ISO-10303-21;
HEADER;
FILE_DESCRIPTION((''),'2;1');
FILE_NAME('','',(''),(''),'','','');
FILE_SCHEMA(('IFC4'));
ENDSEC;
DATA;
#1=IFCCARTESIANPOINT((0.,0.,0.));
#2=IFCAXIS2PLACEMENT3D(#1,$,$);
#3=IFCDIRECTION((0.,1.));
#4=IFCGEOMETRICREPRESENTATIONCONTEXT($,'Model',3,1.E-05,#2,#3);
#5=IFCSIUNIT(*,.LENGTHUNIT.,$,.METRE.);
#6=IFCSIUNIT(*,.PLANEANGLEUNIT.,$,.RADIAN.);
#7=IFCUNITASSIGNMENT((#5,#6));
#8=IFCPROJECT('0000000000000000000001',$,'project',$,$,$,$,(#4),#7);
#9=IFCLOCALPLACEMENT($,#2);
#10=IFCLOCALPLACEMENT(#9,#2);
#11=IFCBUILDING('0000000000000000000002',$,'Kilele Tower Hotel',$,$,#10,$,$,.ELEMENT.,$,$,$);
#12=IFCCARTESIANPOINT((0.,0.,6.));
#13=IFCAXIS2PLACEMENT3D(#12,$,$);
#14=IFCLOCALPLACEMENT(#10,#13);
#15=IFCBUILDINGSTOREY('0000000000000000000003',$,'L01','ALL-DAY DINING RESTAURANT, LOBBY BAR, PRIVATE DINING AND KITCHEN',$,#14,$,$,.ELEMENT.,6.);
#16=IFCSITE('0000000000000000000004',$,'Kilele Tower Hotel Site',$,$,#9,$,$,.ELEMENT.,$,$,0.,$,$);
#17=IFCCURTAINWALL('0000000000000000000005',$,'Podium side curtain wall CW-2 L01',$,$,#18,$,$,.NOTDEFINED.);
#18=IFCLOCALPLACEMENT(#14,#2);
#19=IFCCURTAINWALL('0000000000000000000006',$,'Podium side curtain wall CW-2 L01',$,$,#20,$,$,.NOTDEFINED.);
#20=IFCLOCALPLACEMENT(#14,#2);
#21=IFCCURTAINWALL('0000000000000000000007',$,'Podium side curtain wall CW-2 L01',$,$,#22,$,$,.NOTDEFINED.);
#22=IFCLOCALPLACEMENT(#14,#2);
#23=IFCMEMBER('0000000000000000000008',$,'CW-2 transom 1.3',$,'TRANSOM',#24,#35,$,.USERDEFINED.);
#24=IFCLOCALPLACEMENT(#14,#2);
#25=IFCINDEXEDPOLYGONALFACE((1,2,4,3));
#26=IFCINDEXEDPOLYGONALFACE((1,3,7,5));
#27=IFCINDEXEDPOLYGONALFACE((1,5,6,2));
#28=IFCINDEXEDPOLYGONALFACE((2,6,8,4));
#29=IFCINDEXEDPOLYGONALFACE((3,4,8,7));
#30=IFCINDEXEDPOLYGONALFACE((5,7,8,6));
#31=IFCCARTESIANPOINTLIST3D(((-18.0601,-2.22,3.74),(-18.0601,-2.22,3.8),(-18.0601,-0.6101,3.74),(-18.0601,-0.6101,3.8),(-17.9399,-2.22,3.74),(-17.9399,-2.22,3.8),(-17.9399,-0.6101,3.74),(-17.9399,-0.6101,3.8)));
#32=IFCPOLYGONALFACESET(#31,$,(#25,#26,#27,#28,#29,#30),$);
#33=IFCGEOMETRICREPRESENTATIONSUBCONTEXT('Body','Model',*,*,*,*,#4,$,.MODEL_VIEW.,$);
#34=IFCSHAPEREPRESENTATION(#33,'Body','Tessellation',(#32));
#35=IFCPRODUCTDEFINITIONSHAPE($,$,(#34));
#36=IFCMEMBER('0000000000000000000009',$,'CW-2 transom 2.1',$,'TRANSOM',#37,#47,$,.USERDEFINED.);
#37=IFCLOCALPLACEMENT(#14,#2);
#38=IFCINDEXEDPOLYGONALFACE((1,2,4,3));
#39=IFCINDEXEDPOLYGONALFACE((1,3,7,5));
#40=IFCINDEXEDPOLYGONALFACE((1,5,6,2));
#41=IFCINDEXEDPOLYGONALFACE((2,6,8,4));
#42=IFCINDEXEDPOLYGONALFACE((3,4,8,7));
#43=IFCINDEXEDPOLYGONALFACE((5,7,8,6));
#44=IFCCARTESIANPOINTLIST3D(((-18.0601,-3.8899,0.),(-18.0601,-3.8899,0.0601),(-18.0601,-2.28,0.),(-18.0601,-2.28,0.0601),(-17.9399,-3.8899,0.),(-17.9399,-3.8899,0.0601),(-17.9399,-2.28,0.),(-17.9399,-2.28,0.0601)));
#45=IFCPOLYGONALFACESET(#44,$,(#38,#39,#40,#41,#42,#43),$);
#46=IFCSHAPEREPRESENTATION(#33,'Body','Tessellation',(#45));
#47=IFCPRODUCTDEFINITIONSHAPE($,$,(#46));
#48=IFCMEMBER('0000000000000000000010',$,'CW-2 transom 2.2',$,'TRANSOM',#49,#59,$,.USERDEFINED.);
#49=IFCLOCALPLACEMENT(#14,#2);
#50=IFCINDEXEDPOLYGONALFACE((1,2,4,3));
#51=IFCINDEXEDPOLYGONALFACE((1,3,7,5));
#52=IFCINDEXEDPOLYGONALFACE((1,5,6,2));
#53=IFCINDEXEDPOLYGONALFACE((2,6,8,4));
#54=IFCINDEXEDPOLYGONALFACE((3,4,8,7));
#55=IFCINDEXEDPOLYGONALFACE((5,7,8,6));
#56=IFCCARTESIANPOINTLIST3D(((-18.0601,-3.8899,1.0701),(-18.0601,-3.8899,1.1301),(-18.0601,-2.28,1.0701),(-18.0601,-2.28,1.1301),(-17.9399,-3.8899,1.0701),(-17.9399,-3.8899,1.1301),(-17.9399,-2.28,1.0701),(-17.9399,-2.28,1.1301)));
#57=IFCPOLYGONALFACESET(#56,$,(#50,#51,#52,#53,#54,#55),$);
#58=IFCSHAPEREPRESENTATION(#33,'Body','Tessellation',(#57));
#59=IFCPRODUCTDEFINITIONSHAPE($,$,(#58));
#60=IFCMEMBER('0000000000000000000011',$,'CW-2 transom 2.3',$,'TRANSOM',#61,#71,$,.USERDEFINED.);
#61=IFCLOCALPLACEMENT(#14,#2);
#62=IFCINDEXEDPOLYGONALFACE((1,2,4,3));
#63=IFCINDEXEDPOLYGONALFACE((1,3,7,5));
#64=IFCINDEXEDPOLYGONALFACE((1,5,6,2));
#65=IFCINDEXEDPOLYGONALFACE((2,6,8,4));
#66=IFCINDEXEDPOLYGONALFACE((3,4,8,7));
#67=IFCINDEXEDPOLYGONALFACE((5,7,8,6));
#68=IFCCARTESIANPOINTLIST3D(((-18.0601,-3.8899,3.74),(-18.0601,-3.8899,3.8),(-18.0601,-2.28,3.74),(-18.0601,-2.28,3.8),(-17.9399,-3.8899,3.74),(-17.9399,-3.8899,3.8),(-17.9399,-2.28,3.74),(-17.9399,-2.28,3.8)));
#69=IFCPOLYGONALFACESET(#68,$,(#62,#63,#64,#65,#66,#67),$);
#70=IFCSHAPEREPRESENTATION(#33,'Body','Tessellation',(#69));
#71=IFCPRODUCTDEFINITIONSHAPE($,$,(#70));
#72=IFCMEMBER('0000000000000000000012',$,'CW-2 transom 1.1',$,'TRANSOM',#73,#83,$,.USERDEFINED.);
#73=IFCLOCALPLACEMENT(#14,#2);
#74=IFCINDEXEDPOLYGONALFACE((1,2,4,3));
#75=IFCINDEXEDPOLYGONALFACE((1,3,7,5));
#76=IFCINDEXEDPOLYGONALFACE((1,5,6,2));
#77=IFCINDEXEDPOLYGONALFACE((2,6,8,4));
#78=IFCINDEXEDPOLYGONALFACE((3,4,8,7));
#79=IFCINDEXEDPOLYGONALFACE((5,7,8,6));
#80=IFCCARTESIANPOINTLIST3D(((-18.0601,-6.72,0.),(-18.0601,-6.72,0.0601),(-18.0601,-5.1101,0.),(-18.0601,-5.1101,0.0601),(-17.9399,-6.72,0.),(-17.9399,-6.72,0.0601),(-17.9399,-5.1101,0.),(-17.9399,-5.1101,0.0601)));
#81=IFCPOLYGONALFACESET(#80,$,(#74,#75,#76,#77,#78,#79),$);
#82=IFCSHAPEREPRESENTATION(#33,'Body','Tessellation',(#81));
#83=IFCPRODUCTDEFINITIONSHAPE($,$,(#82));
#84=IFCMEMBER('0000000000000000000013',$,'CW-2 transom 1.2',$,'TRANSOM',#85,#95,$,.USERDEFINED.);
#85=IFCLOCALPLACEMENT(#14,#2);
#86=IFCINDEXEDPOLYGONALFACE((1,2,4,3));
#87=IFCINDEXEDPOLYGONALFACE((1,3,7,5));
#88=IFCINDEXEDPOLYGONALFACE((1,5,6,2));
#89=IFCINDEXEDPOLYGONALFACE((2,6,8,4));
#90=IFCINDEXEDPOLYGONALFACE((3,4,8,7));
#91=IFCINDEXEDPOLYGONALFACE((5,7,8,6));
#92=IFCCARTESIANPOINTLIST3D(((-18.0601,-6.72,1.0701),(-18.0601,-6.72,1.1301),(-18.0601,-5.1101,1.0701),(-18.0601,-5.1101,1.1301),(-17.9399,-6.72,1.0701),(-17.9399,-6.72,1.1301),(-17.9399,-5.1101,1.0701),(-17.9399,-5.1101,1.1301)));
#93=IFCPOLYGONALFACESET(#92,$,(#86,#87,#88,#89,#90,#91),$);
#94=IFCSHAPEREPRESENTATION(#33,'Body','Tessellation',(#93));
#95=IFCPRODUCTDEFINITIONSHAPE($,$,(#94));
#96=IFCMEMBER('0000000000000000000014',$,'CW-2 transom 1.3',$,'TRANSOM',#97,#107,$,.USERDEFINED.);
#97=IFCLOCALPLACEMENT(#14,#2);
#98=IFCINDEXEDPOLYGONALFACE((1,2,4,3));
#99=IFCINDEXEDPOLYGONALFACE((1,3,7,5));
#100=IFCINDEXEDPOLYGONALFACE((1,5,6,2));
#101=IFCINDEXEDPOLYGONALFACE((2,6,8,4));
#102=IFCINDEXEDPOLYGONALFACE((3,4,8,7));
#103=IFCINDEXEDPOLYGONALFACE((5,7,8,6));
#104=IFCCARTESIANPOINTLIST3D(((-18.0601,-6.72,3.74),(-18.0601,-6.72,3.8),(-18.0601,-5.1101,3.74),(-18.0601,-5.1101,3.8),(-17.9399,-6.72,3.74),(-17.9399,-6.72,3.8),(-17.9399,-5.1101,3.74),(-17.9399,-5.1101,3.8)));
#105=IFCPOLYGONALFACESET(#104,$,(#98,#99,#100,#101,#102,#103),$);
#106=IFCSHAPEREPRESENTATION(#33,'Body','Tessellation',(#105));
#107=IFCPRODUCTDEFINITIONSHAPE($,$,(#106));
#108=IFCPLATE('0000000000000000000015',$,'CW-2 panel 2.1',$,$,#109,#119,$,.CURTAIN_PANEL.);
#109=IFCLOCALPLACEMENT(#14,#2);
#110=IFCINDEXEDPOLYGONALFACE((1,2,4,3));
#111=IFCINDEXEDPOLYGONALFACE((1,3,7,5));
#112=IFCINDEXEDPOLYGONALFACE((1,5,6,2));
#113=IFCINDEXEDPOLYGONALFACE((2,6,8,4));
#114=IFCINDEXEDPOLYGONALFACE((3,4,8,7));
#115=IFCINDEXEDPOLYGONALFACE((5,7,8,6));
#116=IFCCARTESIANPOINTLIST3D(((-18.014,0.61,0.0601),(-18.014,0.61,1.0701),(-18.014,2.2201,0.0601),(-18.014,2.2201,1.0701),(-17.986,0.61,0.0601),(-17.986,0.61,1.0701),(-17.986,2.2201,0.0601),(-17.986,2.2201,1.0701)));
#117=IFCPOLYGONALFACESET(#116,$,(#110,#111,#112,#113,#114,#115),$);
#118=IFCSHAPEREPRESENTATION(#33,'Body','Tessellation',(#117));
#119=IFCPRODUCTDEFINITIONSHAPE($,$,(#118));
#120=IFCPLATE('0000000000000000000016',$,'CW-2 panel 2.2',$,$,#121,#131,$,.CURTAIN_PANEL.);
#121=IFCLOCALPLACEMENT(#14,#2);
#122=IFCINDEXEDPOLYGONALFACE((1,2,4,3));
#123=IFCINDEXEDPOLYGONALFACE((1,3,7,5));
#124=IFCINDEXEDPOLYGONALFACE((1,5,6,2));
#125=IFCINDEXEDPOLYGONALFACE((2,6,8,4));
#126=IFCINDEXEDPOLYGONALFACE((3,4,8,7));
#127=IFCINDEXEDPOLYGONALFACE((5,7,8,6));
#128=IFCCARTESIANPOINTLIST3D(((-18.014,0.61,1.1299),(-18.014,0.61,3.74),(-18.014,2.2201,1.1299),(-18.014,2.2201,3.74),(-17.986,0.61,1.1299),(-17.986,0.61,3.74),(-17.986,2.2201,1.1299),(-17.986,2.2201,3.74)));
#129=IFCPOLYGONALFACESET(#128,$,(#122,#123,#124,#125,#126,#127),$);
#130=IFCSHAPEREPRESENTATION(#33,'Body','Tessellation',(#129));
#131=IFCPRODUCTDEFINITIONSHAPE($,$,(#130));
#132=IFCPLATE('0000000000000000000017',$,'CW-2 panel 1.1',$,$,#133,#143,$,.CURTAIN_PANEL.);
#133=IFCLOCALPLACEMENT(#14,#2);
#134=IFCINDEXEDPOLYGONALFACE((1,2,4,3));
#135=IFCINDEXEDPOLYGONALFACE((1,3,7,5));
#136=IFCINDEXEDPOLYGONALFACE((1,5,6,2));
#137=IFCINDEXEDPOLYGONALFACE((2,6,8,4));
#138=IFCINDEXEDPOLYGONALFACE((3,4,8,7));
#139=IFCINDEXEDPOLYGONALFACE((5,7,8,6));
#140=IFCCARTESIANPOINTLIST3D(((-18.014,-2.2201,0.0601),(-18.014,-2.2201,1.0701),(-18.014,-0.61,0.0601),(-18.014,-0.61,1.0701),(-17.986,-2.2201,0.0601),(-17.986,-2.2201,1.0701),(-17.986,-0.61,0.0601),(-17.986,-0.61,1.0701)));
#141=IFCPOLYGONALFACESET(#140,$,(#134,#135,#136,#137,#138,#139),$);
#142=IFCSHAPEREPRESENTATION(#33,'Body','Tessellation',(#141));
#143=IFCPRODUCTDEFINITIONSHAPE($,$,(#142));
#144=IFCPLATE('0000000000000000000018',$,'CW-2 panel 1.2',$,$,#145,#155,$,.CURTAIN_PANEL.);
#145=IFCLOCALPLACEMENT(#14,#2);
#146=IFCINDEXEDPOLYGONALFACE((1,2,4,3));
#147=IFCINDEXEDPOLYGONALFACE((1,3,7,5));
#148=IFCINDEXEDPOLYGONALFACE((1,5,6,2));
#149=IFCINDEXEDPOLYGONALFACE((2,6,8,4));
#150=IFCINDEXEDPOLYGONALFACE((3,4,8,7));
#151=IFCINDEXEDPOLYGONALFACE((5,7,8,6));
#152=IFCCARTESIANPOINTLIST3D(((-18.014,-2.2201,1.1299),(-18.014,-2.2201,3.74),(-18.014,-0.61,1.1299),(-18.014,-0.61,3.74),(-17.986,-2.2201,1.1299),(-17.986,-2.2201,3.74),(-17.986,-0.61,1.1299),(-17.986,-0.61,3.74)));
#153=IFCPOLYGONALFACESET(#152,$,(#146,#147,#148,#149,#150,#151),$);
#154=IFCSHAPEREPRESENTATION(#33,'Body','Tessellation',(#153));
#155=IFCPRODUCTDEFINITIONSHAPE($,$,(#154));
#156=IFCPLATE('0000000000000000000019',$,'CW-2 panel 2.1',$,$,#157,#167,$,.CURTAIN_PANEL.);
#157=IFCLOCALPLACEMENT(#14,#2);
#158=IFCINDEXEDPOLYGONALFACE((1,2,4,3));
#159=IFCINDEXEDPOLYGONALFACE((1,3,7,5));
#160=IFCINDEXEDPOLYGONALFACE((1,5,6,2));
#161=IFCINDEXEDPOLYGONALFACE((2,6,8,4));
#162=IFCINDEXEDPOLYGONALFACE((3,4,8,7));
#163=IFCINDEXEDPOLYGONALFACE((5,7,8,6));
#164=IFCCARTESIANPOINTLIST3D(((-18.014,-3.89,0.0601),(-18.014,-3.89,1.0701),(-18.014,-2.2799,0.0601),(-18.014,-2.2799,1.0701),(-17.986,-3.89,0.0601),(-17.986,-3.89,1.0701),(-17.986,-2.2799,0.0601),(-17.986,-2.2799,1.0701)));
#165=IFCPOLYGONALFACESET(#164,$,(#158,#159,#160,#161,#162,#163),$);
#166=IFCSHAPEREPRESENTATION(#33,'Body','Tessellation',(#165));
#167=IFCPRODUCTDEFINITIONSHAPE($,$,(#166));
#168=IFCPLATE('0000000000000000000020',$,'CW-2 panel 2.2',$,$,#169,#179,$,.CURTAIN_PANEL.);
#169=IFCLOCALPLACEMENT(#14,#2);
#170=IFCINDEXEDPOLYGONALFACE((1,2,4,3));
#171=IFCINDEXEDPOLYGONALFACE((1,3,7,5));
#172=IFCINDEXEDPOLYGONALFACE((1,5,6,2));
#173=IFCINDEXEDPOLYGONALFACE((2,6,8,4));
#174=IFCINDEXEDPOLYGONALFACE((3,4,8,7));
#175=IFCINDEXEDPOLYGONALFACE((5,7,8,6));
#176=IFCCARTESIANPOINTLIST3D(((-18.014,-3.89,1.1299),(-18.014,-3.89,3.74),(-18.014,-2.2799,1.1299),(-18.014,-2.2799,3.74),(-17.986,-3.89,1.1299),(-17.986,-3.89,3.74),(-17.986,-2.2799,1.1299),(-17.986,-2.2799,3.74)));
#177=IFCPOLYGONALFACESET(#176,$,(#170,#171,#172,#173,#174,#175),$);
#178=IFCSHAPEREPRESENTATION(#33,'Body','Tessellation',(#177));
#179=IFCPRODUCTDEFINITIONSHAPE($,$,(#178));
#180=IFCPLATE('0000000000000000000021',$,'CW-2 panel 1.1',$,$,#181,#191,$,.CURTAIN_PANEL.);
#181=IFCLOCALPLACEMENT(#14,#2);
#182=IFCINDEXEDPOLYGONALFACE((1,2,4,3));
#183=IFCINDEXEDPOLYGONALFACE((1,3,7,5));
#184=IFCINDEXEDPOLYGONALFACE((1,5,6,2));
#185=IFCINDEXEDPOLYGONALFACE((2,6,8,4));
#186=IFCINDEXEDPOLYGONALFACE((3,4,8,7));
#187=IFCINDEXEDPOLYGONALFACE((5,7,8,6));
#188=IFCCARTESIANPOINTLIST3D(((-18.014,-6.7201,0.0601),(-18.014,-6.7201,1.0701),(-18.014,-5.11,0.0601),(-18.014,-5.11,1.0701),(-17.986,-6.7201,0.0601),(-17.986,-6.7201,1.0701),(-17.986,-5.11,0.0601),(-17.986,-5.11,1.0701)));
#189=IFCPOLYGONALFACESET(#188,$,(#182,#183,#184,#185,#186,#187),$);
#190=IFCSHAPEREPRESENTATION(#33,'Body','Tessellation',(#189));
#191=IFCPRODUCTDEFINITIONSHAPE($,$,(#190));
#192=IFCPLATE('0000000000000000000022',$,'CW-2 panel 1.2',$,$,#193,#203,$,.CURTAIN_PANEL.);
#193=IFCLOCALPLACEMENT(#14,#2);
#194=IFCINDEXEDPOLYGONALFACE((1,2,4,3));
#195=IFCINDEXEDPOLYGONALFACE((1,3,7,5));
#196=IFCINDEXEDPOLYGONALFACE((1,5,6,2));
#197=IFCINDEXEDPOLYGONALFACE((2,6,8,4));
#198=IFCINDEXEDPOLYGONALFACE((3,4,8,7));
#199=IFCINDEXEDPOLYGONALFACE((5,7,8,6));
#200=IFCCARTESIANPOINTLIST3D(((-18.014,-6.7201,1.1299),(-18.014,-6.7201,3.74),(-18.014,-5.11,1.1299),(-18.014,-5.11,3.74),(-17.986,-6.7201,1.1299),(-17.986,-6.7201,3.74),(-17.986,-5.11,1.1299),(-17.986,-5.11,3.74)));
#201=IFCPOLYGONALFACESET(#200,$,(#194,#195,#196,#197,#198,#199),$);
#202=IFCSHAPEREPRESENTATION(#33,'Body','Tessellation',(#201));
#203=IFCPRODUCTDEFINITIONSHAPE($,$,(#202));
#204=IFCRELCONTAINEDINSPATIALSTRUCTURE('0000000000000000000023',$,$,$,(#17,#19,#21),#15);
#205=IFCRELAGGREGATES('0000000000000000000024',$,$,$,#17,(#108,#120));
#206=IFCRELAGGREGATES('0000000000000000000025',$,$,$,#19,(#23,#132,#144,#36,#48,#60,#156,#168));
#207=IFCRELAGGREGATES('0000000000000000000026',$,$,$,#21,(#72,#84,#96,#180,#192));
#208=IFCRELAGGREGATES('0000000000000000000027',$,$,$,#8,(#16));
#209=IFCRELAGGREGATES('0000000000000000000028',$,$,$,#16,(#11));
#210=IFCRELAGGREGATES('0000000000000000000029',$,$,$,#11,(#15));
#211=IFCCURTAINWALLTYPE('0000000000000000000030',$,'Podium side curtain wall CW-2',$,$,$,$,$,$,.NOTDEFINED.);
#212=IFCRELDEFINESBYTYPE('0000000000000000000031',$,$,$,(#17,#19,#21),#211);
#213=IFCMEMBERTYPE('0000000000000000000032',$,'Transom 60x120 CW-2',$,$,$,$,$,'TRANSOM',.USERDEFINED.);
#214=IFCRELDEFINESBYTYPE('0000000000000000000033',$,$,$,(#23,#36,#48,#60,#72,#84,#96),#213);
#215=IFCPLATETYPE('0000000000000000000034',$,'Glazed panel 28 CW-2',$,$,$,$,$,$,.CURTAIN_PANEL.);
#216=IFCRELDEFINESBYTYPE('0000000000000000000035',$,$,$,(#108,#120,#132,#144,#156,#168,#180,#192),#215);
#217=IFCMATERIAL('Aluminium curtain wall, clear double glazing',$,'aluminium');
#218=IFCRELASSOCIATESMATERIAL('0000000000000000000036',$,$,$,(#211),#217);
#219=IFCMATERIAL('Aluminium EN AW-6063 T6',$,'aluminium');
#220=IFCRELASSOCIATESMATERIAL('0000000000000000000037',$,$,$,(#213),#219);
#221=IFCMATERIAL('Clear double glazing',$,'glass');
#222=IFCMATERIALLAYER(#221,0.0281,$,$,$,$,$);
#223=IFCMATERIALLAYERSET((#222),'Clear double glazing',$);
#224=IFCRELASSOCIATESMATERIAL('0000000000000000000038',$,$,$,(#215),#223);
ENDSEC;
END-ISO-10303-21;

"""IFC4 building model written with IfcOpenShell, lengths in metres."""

from ifc_helpers import new_model, si_unit, direction, frame, origin, origin_2d, place, context, subcontext, project, spatial, rectangle, extrude, material, layer, layer_set, material_profile, profile_set, type_object, element, aggregate, save


model = new_model("IFC4")

# Units and contexts
model_context = context("Model", 3, precision=1e-05, world=origin(), true_north=direction((0.0, 1.0)))
body_context = subcontext(model_context, "Body", "Model", "MODEL_VIEW")
ifc_project = project(units=[si_unit("LENGTHUNIT", "METRE"), si_unit("PLANEANGLEUNIT", "RADIAN")], contexts=[model_context])

# Site, building, storey
site_placement = place(None, origin())
site = spatial("IfcSite", under=ifc_project, at=site_placement, Name="Kilele Tower Hotel Site", CompositionType="ELEMENT", RefElevation=0.0)
building_placement = place(site_placement, origin())
building = spatial("IfcBuilding", under=site, at=building_placement, Name="Kilele Tower Hotel", CompositionType="ELEMENT")
storey_placement = place(building_placement, frame((0.0, 0.0, 6.0)))
storey = spatial("IfcBuildingStorey", under=building, at=storey_placement, Name="L01", Description="ALL-DAY DINING RESTAURANT, LOBBY BAR, PRIVATE DINING AND KITCHEN", CompositionType="ELEMENT", Elevation=6.0)

# Curtain wall
ifc_material_1 = material(Name="Aluminium curtain wall, clear double glazing", Category="aluminium")
curtain_wall_type = type_object("IfcCurtainWallType", Name="Podium side curtain wall CW-2", PredefinedType="NOTDEFINED", material=ifc_material_1)
curtain_wall_1_placement = place(storey_placement, origin())
curtain_wall_1 = element("IfcCurtainWall", 1, at=curtain_wall_1_placement, inside=storey, type_object=curtain_wall_type, Name="Podium side curtain wall CW-2 L01", PredefinedType="NOTDEFINED")

# Curtain walls
curtain_wall_2_placement = place(storey_placement, origin())
curtain_wall_2 = element("IfcCurtainWall", 2, at=curtain_wall_2_placement, inside=storey, type_object=curtain_wall_type, Name="Podium side curtain wall CW-2 L01", PredefinedType="NOTDEFINED")
curtain_wall_3_placement = place(storey_placement, origin())
curtain_wall_3 = element("IfcCurtainWall", 3, at=curtain_wall_3_placement, inside=storey, type_object=curtain_wall_type, Name="Podium side curtain wall CW-2 L01", PredefinedType="NOTDEFINED")

# Members
ifc_material_2 = material(Name="Aluminium EN AW-6063 T6", Category="aluminium")
ifc_material_profile_1 = material_profile(ifc_material_2, rectangle(XDim=0.1201, YDim=0.0601, at=origin_2d()))
ifc_profile_set_1 = profile_set([ifc_material_profile_1], Name="Aluminium EN AW-6063 T6")
member_type_1 = type_object("IfcMemberType", Name="Transom 60x120 CW-2", ElementType="TRANSOM", PredefinedType="USERDEFINED", material=ifc_profile_set_1)
member_1_placement = place(storey_placement, frame((-18.0, -0.6101, 3.77), z_axis=(0.0, -1.0, 0.0), x_axis=(1.0, 0.0, 0.0)))
member_1 = element("IfcMember", 4, at=member_1_placement, type_object=member_type_1, Name="CW-2 transom 1.3", ObjectType="TRANSOM", PredefinedType="USERDEFINED", context=body_context, shape_type="SweptSolid", body=[
    extrude(rectangle(XDim=0.1201, YDim=0.0601, at=origin_2d()), origin(), (0.0, 0.0, 1.0), 1.6099),
])
member_2_placement = place(storey_placement, frame((-18.0, -2.28, 0.03), z_axis=(0.0, -1.0, 0.0), x_axis=(1.0, 0.0, 0.0)))
member_2 = element("IfcMember", 5, at=member_2_placement, type_object=member_type_1, Name="CW-2 transom 2.1", ObjectType="TRANSOM", PredefinedType="USERDEFINED", context=body_context, shape_type="SweptSolid", body=[
    extrude(rectangle(XDim=0.1201, YDim=0.0601, at=origin_2d()), origin(), (0.0, 0.0, 1.0), 1.6099),
])
member_3_placement = place(storey_placement, frame((-18.0, -2.28, 1.1001), z_axis=(0.0, -1.0, 0.0), x_axis=(1.0, 0.0, 0.0)))
member_3 = element("IfcMember", 6, at=member_3_placement, type_object=member_type_1, Name="CW-2 transom 2.2", ObjectType="TRANSOM", PredefinedType="USERDEFINED", context=body_context, shape_type="SweptSolid", body=[
    extrude(rectangle(XDim=0.1201, YDim=0.0601, at=origin_2d()), origin(), (0.0, 0.0, 1.0), 1.6099),
])
member_4_placement = place(storey_placement, frame((-18.0, -2.28, 3.77), z_axis=(0.0, -1.0, 0.0), x_axis=(1.0, 0.0, 0.0)))
member_4 = element("IfcMember", 7, at=member_4_placement, type_object=member_type_1, Name="CW-2 transom 2.3", ObjectType="TRANSOM", PredefinedType="USERDEFINED", context=body_context, shape_type="SweptSolid", body=[
    extrude(rectangle(XDim=0.1201, YDim=0.0601, at=origin_2d()), origin(), (0.0, 0.0, 1.0), 1.6099),
])
member_5_placement = place(storey_placement, frame((-18.0, -5.1101, 0.03), z_axis=(0.0, -1.0, 0.0), x_axis=(1.0, 0.0, 0.0)))
member_5 = element("IfcMember", 8, at=member_5_placement, type_object=member_type_1, Name="CW-2 transom 1.1", ObjectType="TRANSOM", PredefinedType="USERDEFINED", context=body_context, shape_type="SweptSolid", body=[
    extrude(rectangle(XDim=0.1201, YDim=0.0601, at=origin_2d()), origin(), (0.0, 0.0, 1.0), 1.6099),
])
member_6_placement = place(storey_placement, frame((-18.0, -5.1101, 1.1001), z_axis=(0.0, -1.0, 0.0), x_axis=(1.0, 0.0, 0.0)))
member_6 = element("IfcMember", 9, at=member_6_placement, type_object=member_type_1, Name="CW-2 transom 1.2", ObjectType="TRANSOM", PredefinedType="USERDEFINED", context=body_context, shape_type="SweptSolid", body=[
    extrude(rectangle(XDim=0.1201, YDim=0.0601, at=origin_2d()), origin(), (0.0, 0.0, 1.0), 1.6099),
])
member_7_placement = place(storey_placement, frame((-18.0, -5.1101, 3.77), z_axis=(0.0, -1.0, 0.0), x_axis=(1.0, 0.0, 0.0)))
member_7 = element("IfcMember", 10, at=member_7_placement, type_object=member_type_1, Name="CW-2 transom 1.3", ObjectType="TRANSOM", PredefinedType="USERDEFINED", context=body_context, shape_type="SweptSolid", body=[
    extrude(rectangle(XDim=0.1201, YDim=0.0601, at=origin_2d()), origin(), (0.0, 0.0, 1.0), 1.6099),
])

# Plates
ifc_material_3 = material(Name="Clear double glazing", Category="glass")
ifc_layer_1 = layer(ifc_material_3, 0.0281)
ifc_layer_set_1 = layer_set([ifc_layer_1], Name="Clear double glazing")
plate_type = type_object("IfcPlateType", Name="Glazed panel 28 CW-2", PredefinedType="CURTAIN_PANEL", material=ifc_layer_set_1)
plate_1_placement = place(storey_placement, frame((-18.0, 1.415, 0.0601), z_axis=(0.0, 0.0, 1.0), x_axis=(0.0, -1.0, 0.0)))
plate_1 = element("IfcPlate", 11, at=plate_1_placement, type_object=plate_type, Name="CW-2 panel 2.1", PredefinedType="CURTAIN_PANEL", context=body_context, shape_type="SweptSolid", body=[
    extrude(rectangle(XDim=1.6101, YDim=0.0281, at=origin_2d()), origin(), (0.0, 0.0, 1.0), 1.01),
])
plate_2_placement = place(storey_placement, frame((-18.0, 1.415, 1.1299), z_axis=(0.0, 0.0, 1.0), x_axis=(0.0, -1.0, 0.0)))
plate_2 = element("IfcPlate", 12, at=plate_2_placement, type_object=plate_type, Name="CW-2 panel 2.2", PredefinedType="CURTAIN_PANEL", context=body_context, shape_type="SweptSolid", body=[
    extrude(rectangle(XDim=1.6101, YDim=0.0281, at=origin_2d()), origin(), (0.0, 0.0, 1.0), 2.6101),
])
aggregate(curtain_wall_1, [plate_1, plate_2])
plate_3_placement = place(storey_placement, frame((-18.0, -1.415, 0.0601), z_axis=(0.0, 0.0, 1.0), x_axis=(0.0, -1.0, 0.0)))
plate_3 = element("IfcPlate", 13, at=plate_3_placement, type_object=plate_type, Name="CW-2 panel 1.1", PredefinedType="CURTAIN_PANEL", context=body_context, shape_type="SweptSolid", body=[
    extrude(rectangle(XDim=1.6101, YDim=0.0281, at=origin_2d()), origin(), (0.0, 0.0, 1.0), 1.01),
])
plate_4_placement = place(storey_placement, frame((-18.0, -1.415, 1.1299), z_axis=(0.0, 0.0, 1.0), x_axis=(0.0, -1.0, 0.0)))
plate_4 = element("IfcPlate", 14, at=plate_4_placement, type_object=plate_type, Name="CW-2 panel 1.2", PredefinedType="CURTAIN_PANEL", context=body_context, shape_type="SweptSolid", body=[
    extrude(rectangle(XDim=1.6101, YDim=0.0281, at=origin_2d()), origin(), (0.0, 0.0, 1.0), 2.6101),
])
plate_5_placement = place(storey_placement, frame((-18.0, -3.085, 0.0601), z_axis=(0.0, 0.0, 1.0), x_axis=(0.0, -1.0, 0.0)))
plate_5 = element("IfcPlate", 15, at=plate_5_placement, type_object=plate_type, Name="CW-2 panel 2.1", PredefinedType="CURTAIN_PANEL", context=body_context, shape_type="SweptSolid", body=[
    extrude(rectangle(XDim=1.6101, YDim=0.0281, at=origin_2d()), origin(), (0.0, 0.0, 1.0), 1.01),
])
plate_6_placement = place(storey_placement, frame((-18.0, -3.085, 1.1299), z_axis=(0.0, 0.0, 1.0), x_axis=(0.0, -1.0, 0.0)))
plate_6 = element("IfcPlate", 16, at=plate_6_placement, type_object=plate_type, Name="CW-2 panel 2.2", PredefinedType="CURTAIN_PANEL", context=body_context, shape_type="SweptSolid", body=[
    extrude(rectangle(XDim=1.6101, YDim=0.0281, at=origin_2d()), origin(), (0.0, 0.0, 1.0), 2.6101),
])
aggregate(curtain_wall_2, [member_1, plate_3, plate_4, member_2, member_3, member_4, plate_5, plate_6])
plate_7_placement = place(storey_placement, frame((-18.0, -5.915, 0.0601), z_axis=(0.0, 0.0, 1.0), x_axis=(0.0, -1.0, 0.0)))
plate_7 = element("IfcPlate", 17, at=plate_7_placement, type_object=plate_type, Name="CW-2 panel 1.1", PredefinedType="CURTAIN_PANEL", context=body_context, shape_type="SweptSolid", body=[
    extrude(rectangle(XDim=1.6101, YDim=0.0281, at=origin_2d()), origin(), (0.0, 0.0, 1.0), 1.01),
])
plate_8_placement = place(storey_placement, frame((-18.0, -5.915, 1.1299), z_axis=(0.0, 0.0, 1.0), x_axis=(0.0, -1.0, 0.0)))
plate_8 = element("IfcPlate", 18, at=plate_8_placement, type_object=plate_type, Name="CW-2 panel 1.2", PredefinedType="CURTAIN_PANEL", context=body_context, shape_type="SweptSolid", body=[
    extrude(rectangle(XDim=1.6101, YDim=0.0281, at=origin_2d()), origin(), (0.0, 0.0, 1.0), 2.6101),
])
aggregate(curtain_wall_3, [member_5, member_6, member_7, plate_7, plate_8])

save(model, "model.ifc")
